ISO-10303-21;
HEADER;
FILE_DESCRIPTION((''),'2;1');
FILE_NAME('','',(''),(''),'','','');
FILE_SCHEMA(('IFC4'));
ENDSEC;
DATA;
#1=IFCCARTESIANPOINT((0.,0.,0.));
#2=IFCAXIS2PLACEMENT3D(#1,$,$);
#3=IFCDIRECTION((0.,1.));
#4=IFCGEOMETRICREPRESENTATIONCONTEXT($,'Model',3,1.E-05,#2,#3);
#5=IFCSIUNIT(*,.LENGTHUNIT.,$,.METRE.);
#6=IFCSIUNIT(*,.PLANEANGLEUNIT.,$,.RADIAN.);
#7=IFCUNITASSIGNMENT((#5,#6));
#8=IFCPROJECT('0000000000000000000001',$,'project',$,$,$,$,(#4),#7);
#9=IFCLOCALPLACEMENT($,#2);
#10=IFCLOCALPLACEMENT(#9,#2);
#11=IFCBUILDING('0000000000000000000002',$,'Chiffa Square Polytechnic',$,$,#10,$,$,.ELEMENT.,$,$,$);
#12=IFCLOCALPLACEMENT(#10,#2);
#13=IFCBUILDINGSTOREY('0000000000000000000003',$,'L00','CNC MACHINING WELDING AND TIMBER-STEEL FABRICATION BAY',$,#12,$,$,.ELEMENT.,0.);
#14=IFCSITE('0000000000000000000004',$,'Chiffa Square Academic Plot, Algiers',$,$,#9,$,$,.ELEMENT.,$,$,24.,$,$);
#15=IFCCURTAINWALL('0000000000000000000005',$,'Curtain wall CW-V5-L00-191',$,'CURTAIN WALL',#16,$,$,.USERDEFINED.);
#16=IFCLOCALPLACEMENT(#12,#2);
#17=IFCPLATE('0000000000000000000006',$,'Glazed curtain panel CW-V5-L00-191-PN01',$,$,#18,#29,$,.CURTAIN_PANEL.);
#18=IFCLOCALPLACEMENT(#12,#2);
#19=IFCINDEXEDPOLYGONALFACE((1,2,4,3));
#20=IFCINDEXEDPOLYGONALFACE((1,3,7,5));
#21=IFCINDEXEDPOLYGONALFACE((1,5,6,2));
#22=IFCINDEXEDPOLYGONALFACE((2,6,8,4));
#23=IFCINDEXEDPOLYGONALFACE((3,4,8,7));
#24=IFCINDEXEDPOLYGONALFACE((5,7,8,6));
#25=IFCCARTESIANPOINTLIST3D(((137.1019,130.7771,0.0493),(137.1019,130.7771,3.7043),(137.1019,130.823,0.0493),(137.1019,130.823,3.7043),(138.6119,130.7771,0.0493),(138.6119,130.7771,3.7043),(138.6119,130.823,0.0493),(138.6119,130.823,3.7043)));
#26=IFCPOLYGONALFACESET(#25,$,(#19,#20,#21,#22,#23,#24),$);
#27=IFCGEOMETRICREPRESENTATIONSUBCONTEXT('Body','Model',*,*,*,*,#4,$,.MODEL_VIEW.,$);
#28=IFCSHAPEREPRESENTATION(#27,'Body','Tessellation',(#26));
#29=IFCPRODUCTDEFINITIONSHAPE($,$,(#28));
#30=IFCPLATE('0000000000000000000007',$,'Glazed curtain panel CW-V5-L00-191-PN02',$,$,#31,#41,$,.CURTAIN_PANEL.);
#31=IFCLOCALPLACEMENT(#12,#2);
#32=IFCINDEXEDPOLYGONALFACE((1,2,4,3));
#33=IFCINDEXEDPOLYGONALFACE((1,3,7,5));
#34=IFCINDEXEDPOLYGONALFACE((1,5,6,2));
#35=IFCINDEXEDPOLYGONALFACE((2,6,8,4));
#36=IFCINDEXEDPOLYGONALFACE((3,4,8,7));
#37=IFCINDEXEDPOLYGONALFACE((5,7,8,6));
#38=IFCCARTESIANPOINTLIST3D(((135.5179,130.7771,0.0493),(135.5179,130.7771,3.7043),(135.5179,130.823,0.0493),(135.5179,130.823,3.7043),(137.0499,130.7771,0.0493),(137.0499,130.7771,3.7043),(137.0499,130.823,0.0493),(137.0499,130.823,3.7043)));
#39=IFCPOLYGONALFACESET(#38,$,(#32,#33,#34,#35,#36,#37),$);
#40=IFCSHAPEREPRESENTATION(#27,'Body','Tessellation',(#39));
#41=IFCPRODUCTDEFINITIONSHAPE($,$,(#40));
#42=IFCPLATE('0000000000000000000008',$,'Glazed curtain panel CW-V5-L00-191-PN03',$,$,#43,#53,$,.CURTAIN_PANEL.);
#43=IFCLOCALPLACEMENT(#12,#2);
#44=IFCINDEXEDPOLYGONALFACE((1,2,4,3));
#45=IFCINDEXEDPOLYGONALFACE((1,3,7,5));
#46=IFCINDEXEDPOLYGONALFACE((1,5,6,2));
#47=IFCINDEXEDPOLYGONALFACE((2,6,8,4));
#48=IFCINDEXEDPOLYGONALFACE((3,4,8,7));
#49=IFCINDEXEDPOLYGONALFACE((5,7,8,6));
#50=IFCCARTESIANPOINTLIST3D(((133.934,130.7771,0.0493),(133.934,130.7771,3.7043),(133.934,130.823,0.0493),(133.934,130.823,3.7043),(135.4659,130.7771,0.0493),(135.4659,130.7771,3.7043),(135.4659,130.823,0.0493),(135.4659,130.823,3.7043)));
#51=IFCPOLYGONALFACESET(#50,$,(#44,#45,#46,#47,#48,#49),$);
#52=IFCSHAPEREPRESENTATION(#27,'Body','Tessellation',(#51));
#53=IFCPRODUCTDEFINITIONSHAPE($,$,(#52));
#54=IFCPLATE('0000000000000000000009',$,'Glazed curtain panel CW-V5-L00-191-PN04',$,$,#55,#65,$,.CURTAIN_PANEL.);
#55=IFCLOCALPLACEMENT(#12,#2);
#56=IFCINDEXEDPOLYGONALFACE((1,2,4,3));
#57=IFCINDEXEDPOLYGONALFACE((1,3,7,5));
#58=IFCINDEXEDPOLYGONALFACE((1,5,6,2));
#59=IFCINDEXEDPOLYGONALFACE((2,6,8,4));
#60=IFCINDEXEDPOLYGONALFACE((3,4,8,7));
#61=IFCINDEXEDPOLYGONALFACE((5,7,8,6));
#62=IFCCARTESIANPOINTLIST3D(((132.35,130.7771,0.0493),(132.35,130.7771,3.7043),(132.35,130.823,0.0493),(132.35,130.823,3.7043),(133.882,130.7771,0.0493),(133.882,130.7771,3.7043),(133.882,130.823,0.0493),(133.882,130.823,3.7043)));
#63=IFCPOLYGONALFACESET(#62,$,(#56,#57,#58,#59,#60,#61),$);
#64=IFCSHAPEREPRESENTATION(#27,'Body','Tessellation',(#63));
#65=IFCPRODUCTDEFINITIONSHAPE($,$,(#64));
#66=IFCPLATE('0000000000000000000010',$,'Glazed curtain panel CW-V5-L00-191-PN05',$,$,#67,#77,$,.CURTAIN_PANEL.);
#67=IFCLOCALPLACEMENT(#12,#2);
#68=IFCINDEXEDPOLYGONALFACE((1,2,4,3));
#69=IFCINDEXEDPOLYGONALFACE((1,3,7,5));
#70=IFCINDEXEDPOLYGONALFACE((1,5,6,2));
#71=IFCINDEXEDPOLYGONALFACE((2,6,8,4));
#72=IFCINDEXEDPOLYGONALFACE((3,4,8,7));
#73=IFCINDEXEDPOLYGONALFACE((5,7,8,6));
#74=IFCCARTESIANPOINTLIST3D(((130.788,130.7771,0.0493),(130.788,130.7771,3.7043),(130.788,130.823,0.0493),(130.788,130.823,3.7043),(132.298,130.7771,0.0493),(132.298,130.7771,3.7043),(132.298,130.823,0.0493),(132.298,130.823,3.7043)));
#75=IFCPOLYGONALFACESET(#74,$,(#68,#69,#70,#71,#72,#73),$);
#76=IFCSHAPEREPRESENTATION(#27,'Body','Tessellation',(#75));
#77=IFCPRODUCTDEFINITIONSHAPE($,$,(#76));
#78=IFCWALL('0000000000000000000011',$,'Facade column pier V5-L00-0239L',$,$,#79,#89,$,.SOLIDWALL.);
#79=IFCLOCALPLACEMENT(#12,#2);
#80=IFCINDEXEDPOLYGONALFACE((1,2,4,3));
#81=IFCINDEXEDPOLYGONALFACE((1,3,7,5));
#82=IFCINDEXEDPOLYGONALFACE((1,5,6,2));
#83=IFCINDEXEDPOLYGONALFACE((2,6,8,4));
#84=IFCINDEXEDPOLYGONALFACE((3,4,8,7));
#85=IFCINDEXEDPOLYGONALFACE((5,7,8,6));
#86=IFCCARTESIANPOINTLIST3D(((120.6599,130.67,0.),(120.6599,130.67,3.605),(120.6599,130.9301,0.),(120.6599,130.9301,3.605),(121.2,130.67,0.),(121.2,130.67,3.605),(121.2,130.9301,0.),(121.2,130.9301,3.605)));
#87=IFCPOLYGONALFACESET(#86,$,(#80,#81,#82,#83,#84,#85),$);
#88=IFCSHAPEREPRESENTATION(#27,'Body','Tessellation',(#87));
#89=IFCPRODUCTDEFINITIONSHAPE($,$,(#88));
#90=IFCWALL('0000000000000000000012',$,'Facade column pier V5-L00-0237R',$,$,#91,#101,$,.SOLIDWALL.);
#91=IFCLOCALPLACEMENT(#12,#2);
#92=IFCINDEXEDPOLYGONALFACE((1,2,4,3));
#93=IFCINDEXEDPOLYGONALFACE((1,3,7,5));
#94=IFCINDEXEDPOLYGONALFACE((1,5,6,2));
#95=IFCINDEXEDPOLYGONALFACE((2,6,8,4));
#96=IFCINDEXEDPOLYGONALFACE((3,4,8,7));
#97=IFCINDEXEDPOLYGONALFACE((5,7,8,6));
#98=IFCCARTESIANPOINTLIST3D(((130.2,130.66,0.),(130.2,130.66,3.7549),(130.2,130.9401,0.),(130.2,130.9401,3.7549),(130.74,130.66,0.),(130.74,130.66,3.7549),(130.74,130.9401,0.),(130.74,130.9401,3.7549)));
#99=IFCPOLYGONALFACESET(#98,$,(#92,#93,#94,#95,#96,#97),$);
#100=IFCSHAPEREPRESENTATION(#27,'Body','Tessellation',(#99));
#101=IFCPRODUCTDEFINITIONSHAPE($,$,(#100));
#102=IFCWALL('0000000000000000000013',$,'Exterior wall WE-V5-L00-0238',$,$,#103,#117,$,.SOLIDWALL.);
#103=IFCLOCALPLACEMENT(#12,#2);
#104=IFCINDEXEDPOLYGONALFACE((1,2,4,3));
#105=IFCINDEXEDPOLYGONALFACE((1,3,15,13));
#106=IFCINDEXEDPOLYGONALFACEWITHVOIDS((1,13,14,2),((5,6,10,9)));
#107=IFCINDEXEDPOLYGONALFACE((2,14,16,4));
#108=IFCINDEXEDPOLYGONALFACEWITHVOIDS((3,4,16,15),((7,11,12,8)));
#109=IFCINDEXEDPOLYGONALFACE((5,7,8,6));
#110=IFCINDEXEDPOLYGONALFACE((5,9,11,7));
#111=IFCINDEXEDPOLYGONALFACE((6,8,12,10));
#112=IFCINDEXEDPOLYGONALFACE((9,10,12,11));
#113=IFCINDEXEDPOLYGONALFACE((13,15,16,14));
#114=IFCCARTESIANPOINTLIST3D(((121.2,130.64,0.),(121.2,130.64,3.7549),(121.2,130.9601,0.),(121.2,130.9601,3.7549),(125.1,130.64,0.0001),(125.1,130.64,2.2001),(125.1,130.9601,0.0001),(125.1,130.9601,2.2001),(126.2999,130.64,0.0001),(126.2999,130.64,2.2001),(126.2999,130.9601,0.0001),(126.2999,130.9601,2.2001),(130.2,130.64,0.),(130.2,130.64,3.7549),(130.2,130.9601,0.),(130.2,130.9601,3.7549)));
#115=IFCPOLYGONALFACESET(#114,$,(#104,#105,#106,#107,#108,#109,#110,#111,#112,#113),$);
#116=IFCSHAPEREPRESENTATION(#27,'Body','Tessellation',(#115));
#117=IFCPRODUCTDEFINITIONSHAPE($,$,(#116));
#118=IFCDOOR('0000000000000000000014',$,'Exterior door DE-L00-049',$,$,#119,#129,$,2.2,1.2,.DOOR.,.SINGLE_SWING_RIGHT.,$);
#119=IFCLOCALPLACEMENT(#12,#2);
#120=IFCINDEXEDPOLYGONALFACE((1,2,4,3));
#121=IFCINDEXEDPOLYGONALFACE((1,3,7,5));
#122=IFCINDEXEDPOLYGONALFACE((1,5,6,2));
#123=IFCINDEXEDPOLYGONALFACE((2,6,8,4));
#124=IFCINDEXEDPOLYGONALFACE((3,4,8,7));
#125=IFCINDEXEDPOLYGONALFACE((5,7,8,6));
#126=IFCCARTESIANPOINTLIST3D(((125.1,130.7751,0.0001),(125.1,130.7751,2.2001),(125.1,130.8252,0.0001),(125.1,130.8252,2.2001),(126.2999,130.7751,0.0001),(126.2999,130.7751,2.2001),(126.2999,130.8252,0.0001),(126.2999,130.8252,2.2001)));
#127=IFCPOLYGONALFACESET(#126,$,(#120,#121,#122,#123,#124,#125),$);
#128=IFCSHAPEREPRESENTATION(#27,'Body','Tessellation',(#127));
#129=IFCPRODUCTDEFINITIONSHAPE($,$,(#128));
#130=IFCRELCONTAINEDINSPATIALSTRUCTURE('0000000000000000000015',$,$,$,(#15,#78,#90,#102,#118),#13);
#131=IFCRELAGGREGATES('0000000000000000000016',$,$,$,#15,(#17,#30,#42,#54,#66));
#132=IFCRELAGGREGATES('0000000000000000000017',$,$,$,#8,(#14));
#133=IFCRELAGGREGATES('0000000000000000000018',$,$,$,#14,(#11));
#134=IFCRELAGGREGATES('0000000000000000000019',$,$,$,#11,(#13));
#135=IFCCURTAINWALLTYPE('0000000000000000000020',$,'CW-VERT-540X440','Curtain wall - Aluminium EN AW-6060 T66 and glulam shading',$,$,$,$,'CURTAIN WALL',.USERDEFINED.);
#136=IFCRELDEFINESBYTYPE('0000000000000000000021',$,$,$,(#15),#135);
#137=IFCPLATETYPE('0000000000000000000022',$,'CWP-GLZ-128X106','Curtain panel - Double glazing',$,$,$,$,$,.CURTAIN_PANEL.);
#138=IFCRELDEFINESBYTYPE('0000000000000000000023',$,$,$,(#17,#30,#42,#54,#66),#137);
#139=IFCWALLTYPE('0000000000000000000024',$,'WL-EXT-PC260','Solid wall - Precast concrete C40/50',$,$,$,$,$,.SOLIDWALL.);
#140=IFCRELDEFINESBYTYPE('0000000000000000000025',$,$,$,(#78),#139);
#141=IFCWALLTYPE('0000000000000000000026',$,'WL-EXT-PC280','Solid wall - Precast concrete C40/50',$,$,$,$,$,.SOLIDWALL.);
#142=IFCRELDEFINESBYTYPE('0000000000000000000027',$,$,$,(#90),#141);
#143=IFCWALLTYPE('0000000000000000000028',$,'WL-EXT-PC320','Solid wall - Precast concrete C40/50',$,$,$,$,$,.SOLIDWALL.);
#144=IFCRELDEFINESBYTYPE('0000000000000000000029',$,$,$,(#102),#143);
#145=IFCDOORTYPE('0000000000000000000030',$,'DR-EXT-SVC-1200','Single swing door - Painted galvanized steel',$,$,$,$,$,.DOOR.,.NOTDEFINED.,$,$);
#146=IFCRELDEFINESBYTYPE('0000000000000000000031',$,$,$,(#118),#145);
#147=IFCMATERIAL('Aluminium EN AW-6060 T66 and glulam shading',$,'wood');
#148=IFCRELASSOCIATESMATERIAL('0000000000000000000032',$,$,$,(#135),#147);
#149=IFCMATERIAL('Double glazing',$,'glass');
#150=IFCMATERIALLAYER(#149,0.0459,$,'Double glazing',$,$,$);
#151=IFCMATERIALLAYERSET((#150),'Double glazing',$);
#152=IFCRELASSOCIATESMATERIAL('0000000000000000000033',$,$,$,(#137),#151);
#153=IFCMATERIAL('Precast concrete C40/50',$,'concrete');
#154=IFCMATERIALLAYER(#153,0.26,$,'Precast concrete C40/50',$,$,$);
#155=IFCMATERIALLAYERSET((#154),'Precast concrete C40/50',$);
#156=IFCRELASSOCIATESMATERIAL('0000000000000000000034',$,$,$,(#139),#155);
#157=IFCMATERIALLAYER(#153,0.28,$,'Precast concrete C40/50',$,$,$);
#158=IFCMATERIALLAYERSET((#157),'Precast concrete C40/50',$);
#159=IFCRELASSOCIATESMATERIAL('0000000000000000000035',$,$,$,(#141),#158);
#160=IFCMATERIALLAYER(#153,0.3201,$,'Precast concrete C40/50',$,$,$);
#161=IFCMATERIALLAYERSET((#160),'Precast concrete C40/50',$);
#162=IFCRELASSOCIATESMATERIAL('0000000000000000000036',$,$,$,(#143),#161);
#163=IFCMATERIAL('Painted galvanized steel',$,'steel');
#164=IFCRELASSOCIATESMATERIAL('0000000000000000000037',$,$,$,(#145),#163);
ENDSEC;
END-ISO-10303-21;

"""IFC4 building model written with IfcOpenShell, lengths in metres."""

from ifc_helpers import new_model, si_unit, direction, frame, frame_2d, origin, origin_2d, place, context, subcontext, project, spatial, rectangle, extrude, material, layer, layer_set, type_object, element, fill, aggregate, save


model = new_model("IFC4")

# Units and contexts
model_context = context("Model", 3, precision=1e-05, world=origin(), true_north=direction((0.0, 1.0)))
body_context = subcontext(model_context, "Body", "Model", "MODEL_VIEW")
ifc_project = project(units=[si_unit("LENGTHUNIT", "METRE"), si_unit("PLANEANGLEUNIT", "RADIAN")], contexts=[model_context])

# Site, building, storey
site_placement = place(None, origin())
site = spatial("IfcSite", under=ifc_project, at=site_placement, Name="Chiffa Square Academic Plot, Algiers", CompositionType="ELEMENT", RefElevation=24.0)
building_placement = place(site_placement, origin())
building = spatial("IfcBuilding", under=site, at=building_placement, Name="Chiffa Square Polytechnic", CompositionType="ELEMENT")
storey_placement = place(building_placement, origin())
storey = spatial("IfcBuildingStorey", under=building, at=storey_placement, Name="L00", Description="CNC MACHINING WELDING AND TIMBER-STEEL FABRICATION BAY", CompositionType="ELEMENT", Elevation=0.0)

# Curtain wall
ifc_material_1 = material(Name="Aluminium EN AW-6060 T66 and glulam shading", Category="wood")
curtain_wall_type = type_object("IfcCurtainWallType", Name="CW-VERT-540X440", Description="Curtain wall - Aluminium EN AW-6060 T66 and glulam shading", ElementType="CURTAIN WALL", PredefinedType="USERDEFINED", material=ifc_material_1)
curtain_wall_placement = place(storey_placement, origin())
curtain_wall = element("IfcCurtainWall", 1, at=curtain_wall_placement, inside=storey, type_object=curtain_wall_type, Name="Curtain wall CW-V5-L00-191", ObjectType="CURTAIN WALL", PredefinedType="USERDEFINED")

# Plates
ifc_material_2 = material(Name="Double glazing", Category="glass")
ifc_layer_1 = layer(ifc_material_2, 0.0459, Name="Double glazing")
ifc_layer_set_1 = layer_set([ifc_layer_1], Name="Double glazing")
plate_type = type_object("IfcPlateType", Name="CWP-GLZ-128X106", Description="Curtain panel - Double glazing", PredefinedType="CURTAIN_PANEL", material=ifc_layer_set_1)
plate_1_placement = place(storey_placement, frame((137.8569, 130.8, 0.0493), z_axis=(0.0, 0.0, 1.0), x_axis=(-1.0, 0.0, 0.0)))
plate_1 = element("IfcPlate", 2, at=plate_1_placement, type_object=plate_type, Name="Glazed curtain panel CW-V5-L00-191-PN01", PredefinedType="CURTAIN_PANEL", context=body_context, shape_type="SweptSolid", body=[
    extrude(rectangle(XDim=1.51, YDim=0.0459, at=origin_2d()), origin(), (0.0, 0.0, 1.0), 3.655),
])
plate_2_placement = place(storey_placement, frame((136.2839, 130.8, 0.0493), z_axis=(0.0, 0.0, 1.0), x_axis=(-1.0, 0.0, 0.0)))
plate_2 = element("IfcPlate", 3, at=plate_2_placement, type_object=plate_type, Name="Glazed curtain panel CW-V5-L00-191-PN02", PredefinedType="CURTAIN_PANEL", context=body_context, shape_type="SweptSolid", body=[
    extrude(rectangle(XDim=1.532, YDim=0.0459, at=origin_2d()), origin(), (0.0, 0.0, 1.0), 3.655),
])
plate_3_placement = place(storey_placement, frame((134.7, 130.8, 0.0493), z_axis=(0.0, 0.0, 1.0), x_axis=(-1.0, 0.0, 0.0)))
plate_3 = element("IfcPlate", 4, at=plate_3_placement, type_object=plate_type, Name="Glazed curtain panel CW-V5-L00-191-PN03", PredefinedType="CURTAIN_PANEL", context=body_context, shape_type="SweptSolid", body=[
    extrude(rectangle(XDim=1.532, YDim=0.0459, at=origin_2d()), origin(), (0.0, 0.0, 1.0), 3.655),
])
plate_4_placement = place(storey_placement, frame((133.116, 130.8, 0.0493), z_axis=(0.0, 0.0, 1.0), x_axis=(-1.0, 0.0, 0.0)))
plate_4 = element("IfcPlate", 5, at=plate_4_placement, type_object=plate_type, Name="Glazed curtain panel CW-V5-L00-191-PN04", PredefinedType="CURTAIN_PANEL", context=body_context, shape_type="SweptSolid", body=[
    extrude(rectangle(XDim=1.532, YDim=0.0459, at=origin_2d()), origin(), (0.0, 0.0, 1.0), 3.655),
])
plate_5_placement = place(storey_placement, frame((131.543, 130.8, 0.0493), z_axis=(0.0, 0.0, 1.0), x_axis=(-1.0, 0.0, 0.0)))
plate_5 = element("IfcPlate", 6, at=plate_5_placement, type_object=plate_type, Name="Glazed curtain panel CW-V5-L00-191-PN05", PredefinedType="CURTAIN_PANEL", context=body_context, shape_type="SweptSolid", body=[
    extrude(rectangle(XDim=1.51, YDim=0.0459, at=origin_2d()), origin(), (0.0, 0.0, 1.0), 3.655),
])
aggregate(curtain_wall, [plate_1, plate_2, plate_3, plate_4, plate_5])

# Walls
ifc_material_3 = material(Name="Precast concrete C40/50", Category="concrete")
ifc_layer_2 = layer(ifc_material_3, 0.26, Name="Precast concrete C40/50")
ifc_layer_set_2 = layer_set([ifc_layer_2], Name="Precast concrete C40/50")
wall_type_1 = type_object("IfcWallType", Name="WL-EXT-PC260", Description="Solid wall - Precast concrete C40/50", PredefinedType="SOLIDWALL", material=ifc_layer_set_2)
wall_1_placement = place(storey_placement, frame((121.2, 130.8, 0.0), z_axis=(0.0, 0.0, 1.0), x_axis=(-1.0, 0.0, 0.0)))
element("IfcWall", 7, at=wall_1_placement, inside=storey, type_object=wall_type_1, Name="Facade column pier V5-L00-0239L", PredefinedType="SOLIDWALL", context=body_context, shape_type="SweptSolid", body=[
    extrude(rectangle(XDim=0.54, YDim=0.26, at=frame_2d((0.27, 0.0))), origin(), (0.0, 0.0, 1.0), 3.605),
])
ifc_layer_3 = layer(ifc_material_3, 0.28, Name="Precast concrete C40/50")
ifc_layer_set_3 = layer_set([ifc_layer_3], Name="Precast concrete C40/50")
wall_type_2 = type_object("IfcWallType", Name="WL-EXT-PC280", Description="Solid wall - Precast concrete C40/50", PredefinedType="SOLIDWALL", material=ifc_layer_set_3)
wall_2_placement = place(storey_placement, frame((130.74, 130.8, 0.0), z_axis=(0.0, 0.0, 1.0), x_axis=(-1.0, 0.0, 0.0)))
element("IfcWall", 8, at=wall_2_placement, inside=storey, type_object=wall_type_2, Name="Facade column pier V5-L00-0237R", PredefinedType="SOLIDWALL", context=body_context, shape_type="SweptSolid", body=[
    extrude(rectangle(XDim=0.54, YDim=0.28, at=frame_2d((0.27, 0.0))), origin(), (0.0, 0.0, 1.0), 3.7549),
])

# Wall, opening, door
ifc_layer_4 = layer(ifc_material_3, 0.3201, Name="Precast concrete C40/50")
ifc_layer_set_4 = layer_set([ifc_layer_4], Name="Precast concrete C40/50")
wall_type_3 = type_object("IfcWallType", Name="WL-EXT-PC320", Description="Solid wall - Precast concrete C40/50", PredefinedType="SOLIDWALL", material=ifc_layer_set_4)
wall_3_placement = place(storey_placement, frame((130.2, 130.8, 0.0), z_axis=(0.0, 0.0, 1.0), x_axis=(-1.0, 0.0, 0.0)))
wall_3 = element("IfcWall", 9, at=wall_3_placement, inside=storey, type_object=wall_type_3, Name="Exterior wall WE-V5-L00-0238", PredefinedType="SOLIDWALL", context=body_context, shape_type="SweptSolid", body=[
    extrude(rectangle(XDim=9.0, YDim=0.3201, at=frame_2d((4.5, 0.0))), origin(), (0.0, 0.0, 1.0), 3.7549),
])
opening_placement = place(wall_3_placement, frame((3.8999, 0.0, 0.0)))
opening = element("IfcOpeningElement", 10, at=opening_placement, cuts=wall_3, PredefinedType="OPENING", context=body_context, shape_type="SweptSolid", body=[
    extrude(rectangle(XDim=1.2, YDim=2.2, at=frame_2d((0.6001, 1.1001))), frame((0.0, 0.1699, 0.0), z_axis=(0.0, -1.0, 0.0), x_axis=(1.0, 0.0, 0.0)), (0.0, 0.0, 1.0), 0.3401),
])
ifc_material_4 = material(Name="Painted galvanized steel", Category="steel")
door_type = type_object("IfcDoorType", Name="DR-EXT-SVC-1200", Description="Single swing door - Painted galvanized steel", OperationType="NOTDEFINED", PredefinedType="DOOR", material=ifc_material_4)
door_placement = place(opening_placement, origin())
door = element("IfcDoor", 11, at=door_placement, inside=storey, type_object=door_type, Name="Exterior door DE-L00-049", OperationType="SINGLE_SWING_RIGHT", OverallHeight=2.2, OverallWidth=1.2, PredefinedType="DOOR", context=body_context, shape_type="SweptSolid", body=[
    extrude(rectangle(XDim=1.2, YDim=2.2, at=frame_2d((0.6001, 1.1001))), frame((0.0, 0.0249, 0.0), z_axis=(0.0, -1.0, 0.0), x_axis=(1.0, 0.0, 0.0)), (0.0, 0.0, 1.0), 0.05),
])
fill(opening, door)

save(model, "model.ifc")
